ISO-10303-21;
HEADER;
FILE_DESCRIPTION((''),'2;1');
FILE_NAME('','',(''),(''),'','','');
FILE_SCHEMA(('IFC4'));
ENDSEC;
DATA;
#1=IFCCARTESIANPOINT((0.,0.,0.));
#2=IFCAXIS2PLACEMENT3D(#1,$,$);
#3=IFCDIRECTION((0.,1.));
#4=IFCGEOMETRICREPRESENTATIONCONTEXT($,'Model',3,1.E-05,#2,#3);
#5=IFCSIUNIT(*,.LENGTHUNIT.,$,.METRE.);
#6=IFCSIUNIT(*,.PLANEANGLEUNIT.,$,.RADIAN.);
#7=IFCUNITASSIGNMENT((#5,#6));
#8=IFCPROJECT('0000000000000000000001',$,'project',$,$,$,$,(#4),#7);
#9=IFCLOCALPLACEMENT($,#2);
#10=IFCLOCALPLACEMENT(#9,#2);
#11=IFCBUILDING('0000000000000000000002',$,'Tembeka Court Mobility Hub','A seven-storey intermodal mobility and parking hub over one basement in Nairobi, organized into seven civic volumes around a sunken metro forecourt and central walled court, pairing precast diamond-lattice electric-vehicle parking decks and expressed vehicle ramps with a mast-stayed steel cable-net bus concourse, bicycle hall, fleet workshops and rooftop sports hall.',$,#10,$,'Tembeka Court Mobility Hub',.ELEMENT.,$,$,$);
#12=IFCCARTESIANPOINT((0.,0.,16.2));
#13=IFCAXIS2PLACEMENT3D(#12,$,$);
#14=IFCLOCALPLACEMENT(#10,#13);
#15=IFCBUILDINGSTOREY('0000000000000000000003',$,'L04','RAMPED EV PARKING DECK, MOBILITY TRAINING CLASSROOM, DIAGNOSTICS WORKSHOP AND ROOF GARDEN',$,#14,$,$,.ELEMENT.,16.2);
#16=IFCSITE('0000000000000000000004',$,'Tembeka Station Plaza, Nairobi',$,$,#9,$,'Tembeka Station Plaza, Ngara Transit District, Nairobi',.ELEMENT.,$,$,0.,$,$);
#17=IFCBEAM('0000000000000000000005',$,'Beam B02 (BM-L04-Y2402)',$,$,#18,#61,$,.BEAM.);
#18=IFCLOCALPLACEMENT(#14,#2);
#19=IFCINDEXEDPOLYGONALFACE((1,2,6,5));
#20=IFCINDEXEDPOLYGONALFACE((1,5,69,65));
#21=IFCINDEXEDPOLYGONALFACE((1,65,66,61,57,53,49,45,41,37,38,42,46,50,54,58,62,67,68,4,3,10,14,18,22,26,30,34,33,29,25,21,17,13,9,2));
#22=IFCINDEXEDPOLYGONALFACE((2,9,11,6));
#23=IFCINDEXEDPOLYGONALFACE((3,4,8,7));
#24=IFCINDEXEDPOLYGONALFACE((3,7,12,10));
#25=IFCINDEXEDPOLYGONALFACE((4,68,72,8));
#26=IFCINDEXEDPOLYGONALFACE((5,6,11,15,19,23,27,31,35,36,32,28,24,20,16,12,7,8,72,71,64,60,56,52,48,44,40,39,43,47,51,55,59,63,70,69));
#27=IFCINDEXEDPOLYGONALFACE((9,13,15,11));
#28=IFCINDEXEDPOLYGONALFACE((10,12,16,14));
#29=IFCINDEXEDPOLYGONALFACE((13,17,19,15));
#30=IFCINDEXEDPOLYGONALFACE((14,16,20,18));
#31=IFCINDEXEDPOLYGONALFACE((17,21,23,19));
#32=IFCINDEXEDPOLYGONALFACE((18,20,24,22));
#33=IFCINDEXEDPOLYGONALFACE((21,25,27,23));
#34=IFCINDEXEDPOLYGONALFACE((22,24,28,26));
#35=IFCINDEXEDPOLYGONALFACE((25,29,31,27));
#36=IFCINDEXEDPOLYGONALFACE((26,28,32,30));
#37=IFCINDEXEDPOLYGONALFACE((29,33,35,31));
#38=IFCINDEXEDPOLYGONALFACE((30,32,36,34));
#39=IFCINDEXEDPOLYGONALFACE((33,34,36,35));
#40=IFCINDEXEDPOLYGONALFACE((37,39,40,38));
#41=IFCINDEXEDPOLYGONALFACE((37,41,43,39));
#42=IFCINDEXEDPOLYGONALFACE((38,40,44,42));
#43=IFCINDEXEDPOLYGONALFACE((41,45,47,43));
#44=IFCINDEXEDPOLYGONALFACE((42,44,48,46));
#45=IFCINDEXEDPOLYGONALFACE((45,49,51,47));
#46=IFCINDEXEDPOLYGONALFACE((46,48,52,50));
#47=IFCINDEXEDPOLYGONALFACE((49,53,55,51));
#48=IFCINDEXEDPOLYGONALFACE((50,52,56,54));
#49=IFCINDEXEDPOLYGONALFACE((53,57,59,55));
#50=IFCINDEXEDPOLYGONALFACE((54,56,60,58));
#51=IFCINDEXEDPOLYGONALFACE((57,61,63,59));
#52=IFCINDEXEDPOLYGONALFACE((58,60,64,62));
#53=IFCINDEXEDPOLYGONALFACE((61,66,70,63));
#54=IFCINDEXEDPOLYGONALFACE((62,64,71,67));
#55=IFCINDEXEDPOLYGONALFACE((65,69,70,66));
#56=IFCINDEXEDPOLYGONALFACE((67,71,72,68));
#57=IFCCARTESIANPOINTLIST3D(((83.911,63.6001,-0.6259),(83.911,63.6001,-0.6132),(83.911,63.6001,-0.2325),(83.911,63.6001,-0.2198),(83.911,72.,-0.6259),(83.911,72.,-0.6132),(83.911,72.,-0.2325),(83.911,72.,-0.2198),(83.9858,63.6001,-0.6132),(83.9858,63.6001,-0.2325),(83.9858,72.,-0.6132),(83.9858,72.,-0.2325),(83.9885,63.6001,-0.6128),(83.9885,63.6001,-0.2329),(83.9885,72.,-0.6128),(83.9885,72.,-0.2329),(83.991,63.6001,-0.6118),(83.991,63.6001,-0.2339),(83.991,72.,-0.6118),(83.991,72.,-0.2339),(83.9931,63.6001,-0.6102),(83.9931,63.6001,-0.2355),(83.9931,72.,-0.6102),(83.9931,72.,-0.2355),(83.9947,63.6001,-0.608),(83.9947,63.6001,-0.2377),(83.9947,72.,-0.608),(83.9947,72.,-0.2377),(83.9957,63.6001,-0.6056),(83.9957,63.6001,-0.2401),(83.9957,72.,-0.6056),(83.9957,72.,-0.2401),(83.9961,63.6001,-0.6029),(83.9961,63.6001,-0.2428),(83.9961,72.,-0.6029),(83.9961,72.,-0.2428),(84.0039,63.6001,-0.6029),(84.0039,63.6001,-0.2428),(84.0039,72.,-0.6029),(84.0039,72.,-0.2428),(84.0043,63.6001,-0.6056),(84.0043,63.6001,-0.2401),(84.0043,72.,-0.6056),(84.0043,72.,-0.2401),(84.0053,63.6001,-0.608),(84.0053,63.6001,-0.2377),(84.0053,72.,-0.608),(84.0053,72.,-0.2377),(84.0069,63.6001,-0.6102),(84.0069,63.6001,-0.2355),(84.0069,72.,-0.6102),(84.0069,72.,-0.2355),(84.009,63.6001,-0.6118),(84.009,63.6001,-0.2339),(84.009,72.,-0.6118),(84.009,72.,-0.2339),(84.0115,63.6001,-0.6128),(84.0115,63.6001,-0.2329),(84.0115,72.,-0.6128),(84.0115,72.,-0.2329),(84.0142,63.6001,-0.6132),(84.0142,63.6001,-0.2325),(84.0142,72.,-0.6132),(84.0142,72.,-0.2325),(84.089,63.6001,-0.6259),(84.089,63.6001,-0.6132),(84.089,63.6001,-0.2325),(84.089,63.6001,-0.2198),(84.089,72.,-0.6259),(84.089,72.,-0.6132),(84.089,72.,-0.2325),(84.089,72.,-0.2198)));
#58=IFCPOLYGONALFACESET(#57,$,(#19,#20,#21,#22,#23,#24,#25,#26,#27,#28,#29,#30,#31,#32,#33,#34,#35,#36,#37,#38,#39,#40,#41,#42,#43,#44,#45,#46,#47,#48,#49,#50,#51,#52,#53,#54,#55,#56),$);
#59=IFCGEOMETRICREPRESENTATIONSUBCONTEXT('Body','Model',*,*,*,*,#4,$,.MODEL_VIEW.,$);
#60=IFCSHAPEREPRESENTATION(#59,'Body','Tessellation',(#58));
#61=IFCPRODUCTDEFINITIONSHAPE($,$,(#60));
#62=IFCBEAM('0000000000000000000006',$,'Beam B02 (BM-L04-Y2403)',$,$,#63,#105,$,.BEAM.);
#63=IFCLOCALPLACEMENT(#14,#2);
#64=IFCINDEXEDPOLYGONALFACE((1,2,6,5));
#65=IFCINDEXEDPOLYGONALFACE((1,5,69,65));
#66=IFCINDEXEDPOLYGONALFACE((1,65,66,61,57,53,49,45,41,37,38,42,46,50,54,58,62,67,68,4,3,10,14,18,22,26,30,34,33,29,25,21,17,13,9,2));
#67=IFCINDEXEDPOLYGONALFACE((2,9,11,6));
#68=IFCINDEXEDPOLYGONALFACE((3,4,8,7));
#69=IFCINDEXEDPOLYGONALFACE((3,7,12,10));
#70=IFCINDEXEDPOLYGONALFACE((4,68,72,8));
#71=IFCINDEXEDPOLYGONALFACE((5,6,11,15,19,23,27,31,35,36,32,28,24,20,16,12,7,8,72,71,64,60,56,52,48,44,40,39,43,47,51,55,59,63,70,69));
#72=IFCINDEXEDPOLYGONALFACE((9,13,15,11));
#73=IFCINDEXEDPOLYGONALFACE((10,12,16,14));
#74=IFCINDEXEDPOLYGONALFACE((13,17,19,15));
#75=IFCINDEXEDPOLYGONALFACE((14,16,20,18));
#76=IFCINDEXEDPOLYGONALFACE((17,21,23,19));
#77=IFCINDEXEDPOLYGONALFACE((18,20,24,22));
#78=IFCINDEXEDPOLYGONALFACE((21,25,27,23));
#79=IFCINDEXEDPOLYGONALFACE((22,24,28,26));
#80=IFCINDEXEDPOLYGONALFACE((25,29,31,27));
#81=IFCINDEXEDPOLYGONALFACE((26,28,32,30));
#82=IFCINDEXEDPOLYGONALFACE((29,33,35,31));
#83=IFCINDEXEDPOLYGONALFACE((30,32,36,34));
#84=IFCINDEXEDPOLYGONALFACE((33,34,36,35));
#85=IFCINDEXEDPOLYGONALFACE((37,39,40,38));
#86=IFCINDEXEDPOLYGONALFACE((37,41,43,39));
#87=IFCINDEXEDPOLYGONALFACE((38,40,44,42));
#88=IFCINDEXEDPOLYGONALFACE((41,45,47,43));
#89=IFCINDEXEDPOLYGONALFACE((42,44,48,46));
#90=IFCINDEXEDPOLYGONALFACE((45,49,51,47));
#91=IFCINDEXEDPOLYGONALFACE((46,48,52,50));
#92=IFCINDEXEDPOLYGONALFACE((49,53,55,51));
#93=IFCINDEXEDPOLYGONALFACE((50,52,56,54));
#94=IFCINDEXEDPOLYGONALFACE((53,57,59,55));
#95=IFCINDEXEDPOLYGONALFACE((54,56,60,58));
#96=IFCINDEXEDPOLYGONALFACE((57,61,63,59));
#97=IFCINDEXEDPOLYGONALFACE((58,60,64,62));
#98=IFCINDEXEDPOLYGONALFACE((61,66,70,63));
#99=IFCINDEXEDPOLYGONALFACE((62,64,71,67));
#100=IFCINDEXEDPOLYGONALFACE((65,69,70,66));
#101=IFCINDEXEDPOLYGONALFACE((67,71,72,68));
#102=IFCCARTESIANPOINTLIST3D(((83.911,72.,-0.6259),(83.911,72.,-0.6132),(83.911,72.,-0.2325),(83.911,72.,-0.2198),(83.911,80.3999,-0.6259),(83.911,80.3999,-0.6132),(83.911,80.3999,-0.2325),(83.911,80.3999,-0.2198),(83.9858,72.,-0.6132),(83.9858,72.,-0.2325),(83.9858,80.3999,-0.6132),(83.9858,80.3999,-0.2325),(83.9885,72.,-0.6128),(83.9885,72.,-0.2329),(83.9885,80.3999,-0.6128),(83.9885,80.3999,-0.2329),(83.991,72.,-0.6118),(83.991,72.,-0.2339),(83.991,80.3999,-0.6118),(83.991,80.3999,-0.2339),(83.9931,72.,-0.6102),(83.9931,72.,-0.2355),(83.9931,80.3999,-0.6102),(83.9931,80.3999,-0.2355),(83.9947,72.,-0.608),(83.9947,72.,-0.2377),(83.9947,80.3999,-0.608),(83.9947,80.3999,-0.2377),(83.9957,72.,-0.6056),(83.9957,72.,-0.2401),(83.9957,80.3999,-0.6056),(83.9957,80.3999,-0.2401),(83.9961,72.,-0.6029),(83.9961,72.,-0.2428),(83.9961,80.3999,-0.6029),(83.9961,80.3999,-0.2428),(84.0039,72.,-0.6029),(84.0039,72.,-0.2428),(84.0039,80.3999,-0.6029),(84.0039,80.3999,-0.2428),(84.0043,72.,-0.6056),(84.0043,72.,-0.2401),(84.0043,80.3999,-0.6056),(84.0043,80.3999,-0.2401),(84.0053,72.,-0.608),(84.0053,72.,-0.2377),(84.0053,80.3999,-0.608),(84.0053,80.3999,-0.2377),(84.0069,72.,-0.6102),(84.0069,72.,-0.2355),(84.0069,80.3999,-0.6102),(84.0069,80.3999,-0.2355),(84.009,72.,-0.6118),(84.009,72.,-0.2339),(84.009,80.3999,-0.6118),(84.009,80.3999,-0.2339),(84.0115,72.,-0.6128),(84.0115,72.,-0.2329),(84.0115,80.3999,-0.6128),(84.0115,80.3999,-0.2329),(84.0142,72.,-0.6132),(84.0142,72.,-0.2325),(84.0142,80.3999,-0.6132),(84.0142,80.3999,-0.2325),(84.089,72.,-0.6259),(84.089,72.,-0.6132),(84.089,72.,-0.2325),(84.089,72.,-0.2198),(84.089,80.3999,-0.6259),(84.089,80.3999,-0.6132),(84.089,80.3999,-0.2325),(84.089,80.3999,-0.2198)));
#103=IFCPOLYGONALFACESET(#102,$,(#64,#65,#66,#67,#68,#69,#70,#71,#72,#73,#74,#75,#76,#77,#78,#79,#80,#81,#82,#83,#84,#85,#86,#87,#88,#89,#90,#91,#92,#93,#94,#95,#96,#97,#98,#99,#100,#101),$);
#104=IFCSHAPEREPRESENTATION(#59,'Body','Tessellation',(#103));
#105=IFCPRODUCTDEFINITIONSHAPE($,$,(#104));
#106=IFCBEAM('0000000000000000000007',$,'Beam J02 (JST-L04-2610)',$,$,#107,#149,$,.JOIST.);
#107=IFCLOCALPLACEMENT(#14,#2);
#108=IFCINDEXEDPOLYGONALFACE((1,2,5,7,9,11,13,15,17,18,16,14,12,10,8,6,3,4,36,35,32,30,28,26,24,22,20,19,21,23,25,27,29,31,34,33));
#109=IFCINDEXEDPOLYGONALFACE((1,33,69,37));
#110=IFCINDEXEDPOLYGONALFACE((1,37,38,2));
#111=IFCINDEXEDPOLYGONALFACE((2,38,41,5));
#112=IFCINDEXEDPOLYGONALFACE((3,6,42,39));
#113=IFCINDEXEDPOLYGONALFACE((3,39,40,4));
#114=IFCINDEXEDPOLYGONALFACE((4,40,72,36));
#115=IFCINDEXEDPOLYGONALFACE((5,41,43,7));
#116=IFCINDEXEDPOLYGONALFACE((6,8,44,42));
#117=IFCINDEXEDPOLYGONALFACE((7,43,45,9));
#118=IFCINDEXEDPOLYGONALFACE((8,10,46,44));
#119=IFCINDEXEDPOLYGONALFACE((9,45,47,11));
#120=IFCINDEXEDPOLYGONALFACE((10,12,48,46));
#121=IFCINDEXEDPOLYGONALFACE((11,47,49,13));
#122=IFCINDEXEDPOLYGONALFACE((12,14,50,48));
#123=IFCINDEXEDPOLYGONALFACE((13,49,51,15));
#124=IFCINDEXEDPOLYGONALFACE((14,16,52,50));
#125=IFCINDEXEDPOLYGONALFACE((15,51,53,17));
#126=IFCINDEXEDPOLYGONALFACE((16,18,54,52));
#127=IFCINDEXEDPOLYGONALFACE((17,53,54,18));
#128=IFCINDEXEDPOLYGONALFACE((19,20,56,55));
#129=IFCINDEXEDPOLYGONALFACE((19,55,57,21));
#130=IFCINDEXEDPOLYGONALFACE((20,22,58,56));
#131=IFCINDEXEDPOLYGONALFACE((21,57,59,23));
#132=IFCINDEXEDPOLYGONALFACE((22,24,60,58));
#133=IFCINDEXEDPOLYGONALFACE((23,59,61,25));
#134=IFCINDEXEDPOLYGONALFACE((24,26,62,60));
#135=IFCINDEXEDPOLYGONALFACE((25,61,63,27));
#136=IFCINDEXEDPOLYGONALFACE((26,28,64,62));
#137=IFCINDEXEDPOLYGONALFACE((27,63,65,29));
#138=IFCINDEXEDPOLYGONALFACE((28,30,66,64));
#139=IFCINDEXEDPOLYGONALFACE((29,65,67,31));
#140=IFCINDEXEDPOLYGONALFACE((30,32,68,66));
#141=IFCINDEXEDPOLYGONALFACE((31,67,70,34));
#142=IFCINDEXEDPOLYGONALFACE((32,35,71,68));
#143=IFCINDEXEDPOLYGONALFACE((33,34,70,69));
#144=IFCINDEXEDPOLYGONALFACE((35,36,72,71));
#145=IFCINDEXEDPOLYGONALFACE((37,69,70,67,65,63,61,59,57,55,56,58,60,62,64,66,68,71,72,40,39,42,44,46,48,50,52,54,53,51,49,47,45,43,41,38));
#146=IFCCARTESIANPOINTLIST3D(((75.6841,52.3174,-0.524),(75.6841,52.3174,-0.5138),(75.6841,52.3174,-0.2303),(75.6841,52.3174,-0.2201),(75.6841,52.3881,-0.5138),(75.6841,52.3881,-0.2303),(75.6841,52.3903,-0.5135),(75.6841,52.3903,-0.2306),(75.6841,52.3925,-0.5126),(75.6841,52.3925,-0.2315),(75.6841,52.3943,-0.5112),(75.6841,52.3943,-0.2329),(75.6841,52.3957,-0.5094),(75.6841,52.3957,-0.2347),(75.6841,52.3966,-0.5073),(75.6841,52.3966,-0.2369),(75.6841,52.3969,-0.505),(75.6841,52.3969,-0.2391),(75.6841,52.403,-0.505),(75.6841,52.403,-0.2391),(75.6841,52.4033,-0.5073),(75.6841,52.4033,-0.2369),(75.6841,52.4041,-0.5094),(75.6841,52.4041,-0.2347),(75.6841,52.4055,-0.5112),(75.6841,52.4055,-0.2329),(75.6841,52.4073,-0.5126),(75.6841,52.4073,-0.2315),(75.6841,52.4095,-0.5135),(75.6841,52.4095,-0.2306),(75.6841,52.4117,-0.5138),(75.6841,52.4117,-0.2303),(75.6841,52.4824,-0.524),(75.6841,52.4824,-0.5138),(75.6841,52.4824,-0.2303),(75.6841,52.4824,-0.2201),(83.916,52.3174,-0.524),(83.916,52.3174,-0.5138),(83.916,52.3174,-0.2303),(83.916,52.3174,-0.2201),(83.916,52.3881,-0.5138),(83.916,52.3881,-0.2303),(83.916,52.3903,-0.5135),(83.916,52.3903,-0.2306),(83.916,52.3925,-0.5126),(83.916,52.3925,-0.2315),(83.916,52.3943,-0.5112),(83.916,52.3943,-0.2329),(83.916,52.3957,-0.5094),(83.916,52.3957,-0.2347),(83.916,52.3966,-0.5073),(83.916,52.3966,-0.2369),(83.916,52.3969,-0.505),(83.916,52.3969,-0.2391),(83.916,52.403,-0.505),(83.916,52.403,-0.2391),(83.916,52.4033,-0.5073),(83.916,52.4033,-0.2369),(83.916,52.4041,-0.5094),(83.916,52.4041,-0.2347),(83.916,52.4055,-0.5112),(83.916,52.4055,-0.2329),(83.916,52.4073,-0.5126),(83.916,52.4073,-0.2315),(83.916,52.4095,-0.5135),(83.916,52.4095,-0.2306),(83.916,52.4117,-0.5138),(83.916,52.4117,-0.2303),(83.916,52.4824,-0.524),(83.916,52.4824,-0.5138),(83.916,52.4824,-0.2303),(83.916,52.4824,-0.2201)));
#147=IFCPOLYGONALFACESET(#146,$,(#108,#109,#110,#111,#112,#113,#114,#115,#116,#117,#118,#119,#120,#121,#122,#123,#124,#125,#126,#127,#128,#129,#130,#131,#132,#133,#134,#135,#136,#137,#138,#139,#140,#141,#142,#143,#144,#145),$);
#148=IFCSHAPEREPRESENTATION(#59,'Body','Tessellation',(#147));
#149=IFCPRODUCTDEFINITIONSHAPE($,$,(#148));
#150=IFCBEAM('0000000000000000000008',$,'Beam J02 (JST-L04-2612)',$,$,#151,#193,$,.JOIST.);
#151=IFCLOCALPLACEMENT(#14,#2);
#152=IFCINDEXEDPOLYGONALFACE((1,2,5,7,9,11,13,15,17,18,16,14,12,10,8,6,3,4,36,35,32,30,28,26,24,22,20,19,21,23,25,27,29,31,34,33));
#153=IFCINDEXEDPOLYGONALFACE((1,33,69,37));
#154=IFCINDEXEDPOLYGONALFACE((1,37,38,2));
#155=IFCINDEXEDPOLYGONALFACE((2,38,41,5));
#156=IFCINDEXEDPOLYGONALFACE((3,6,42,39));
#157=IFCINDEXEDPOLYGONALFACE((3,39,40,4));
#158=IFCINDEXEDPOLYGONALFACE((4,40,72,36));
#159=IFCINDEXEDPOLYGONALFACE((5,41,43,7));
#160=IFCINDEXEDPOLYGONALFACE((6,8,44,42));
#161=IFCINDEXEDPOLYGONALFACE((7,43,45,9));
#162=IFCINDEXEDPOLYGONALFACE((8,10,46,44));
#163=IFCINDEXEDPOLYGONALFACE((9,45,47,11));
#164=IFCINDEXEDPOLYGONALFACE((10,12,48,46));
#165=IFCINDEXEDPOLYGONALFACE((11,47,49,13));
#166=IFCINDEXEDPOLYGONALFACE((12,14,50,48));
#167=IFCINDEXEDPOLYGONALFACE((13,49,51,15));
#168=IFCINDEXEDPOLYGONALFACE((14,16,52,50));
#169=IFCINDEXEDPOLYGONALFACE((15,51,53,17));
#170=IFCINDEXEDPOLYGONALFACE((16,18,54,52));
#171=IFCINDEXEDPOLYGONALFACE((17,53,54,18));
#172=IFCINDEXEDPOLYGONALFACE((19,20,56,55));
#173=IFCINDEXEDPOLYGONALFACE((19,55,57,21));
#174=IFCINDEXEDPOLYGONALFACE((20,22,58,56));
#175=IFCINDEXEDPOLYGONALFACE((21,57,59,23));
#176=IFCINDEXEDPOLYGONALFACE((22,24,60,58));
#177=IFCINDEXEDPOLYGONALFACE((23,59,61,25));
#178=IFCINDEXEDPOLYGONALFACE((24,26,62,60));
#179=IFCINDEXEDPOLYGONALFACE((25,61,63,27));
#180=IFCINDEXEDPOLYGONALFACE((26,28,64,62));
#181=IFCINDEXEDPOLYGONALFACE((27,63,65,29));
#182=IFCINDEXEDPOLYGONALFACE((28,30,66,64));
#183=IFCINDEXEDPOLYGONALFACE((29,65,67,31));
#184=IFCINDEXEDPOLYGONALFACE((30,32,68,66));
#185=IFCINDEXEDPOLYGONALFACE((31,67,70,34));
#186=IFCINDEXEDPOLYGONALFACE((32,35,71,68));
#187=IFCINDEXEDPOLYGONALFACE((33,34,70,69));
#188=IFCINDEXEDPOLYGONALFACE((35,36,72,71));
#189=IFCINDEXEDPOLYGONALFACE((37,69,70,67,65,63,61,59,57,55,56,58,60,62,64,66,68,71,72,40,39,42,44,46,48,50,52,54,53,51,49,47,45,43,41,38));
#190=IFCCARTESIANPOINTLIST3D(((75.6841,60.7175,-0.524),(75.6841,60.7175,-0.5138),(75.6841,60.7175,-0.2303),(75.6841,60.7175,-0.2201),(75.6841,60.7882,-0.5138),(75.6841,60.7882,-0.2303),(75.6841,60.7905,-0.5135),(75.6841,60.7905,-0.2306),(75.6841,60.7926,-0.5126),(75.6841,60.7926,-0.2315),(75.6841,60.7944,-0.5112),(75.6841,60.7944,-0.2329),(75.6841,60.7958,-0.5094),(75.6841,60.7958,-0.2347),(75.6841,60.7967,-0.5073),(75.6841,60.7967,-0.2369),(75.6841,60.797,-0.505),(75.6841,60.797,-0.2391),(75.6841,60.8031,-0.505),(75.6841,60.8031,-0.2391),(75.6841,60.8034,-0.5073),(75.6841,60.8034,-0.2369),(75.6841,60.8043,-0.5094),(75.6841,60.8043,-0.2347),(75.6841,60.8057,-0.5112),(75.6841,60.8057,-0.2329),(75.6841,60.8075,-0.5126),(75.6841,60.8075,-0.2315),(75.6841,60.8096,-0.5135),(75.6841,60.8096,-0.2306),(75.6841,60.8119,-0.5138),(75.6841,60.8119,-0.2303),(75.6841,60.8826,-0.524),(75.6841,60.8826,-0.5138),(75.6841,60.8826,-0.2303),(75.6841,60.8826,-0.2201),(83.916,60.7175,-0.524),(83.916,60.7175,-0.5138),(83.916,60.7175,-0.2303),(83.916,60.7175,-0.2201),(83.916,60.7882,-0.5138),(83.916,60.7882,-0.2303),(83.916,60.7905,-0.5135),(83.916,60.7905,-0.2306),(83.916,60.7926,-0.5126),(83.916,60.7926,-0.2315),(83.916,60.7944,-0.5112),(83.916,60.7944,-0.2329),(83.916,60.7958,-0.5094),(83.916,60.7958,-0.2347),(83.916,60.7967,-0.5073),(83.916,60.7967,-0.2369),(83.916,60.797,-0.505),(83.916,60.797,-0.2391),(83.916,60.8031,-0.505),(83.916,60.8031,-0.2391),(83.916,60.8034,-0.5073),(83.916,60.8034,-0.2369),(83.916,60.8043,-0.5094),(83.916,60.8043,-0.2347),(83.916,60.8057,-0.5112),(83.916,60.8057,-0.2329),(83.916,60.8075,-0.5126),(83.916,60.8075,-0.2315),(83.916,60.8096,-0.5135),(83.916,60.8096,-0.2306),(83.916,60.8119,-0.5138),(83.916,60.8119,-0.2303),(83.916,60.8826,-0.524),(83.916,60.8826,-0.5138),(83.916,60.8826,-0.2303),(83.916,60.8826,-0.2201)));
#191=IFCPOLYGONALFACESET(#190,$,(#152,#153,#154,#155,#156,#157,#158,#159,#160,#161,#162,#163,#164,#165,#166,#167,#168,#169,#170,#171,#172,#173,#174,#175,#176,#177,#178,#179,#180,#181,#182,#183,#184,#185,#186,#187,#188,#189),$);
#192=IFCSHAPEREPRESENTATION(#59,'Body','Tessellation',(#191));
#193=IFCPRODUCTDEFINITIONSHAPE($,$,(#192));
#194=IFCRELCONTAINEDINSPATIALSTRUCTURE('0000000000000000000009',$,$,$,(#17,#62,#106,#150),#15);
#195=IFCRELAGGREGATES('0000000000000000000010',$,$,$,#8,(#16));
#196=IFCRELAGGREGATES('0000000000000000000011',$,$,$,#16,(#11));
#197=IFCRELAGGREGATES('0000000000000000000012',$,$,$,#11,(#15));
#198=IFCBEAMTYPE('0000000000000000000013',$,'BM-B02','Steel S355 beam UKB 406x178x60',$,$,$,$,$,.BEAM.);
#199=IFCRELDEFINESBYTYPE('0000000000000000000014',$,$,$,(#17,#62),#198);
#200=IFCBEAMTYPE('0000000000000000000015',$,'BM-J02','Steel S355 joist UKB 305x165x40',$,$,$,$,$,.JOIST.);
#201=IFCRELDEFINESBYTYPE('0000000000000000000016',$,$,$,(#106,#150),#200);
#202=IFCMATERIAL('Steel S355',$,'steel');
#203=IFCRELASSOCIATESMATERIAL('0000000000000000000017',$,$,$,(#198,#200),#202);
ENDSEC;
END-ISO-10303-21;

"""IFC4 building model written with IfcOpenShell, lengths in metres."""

from ifc_helpers import new_model, si_unit, direction, frame, origin, origin_2d, place, context, subcontext, project, spatial, i_section, extrude, material, material_profile, profile_set, type_object, element, save


model = new_model("IFC4")

# Units and contexts
model_context = context("Model", 3, precision=1e-05, world=origin(), true_north=direction((0.0, 1.0)))
body_context = subcontext(model_context, "Body", "Model", "MODEL_VIEW")
ifc_project = project(units=[si_unit("LENGTHUNIT", "METRE"), si_unit("PLANEANGLEUNIT", "RADIAN")], contexts=[model_context])

# Site, building, storey
site_placement = place(None, origin())
site = spatial("IfcSite", under=ifc_project, at=site_placement, Name="Tembeka Station Plaza, Nairobi", LongName="Tembeka Station Plaza, Ngara Transit District, Nairobi", CompositionType="ELEMENT", RefElevation=0.0)
building_placement = place(site_placement, origin())
building = spatial("IfcBuilding", under=site, at=building_placement, Name="Tembeka Court Mobility Hub", Description="A seven-storey intermodal mobility and parking hub over one basement in Nairobi, organized into seven civic volumes around a sunken metro forecourt and central walled court, pairing precast diamond-lattice electric-vehicle parking decks and expressed vehicle ramps with a mast-stayed steel cable-net bus concourse, bicycle hall, fleet workshops and rooftop sports hall.", LongName="Tembeka Court Mobility Hub", CompositionType="ELEMENT")
storey_placement = place(building_placement, frame((0.0, 0.0, 16.2)))
storey = spatial("IfcBuildingStorey", under=building, at=storey_placement, Name="L04", Description="RAMPED EV PARKING DECK, MOBILITY TRAINING CLASSROOM, DIAGNOSTICS WORKSHOP AND ROOF GARDEN", CompositionType="ELEMENT", Elevation=16.2)

# Shared definitions
ifc_material_1 = material(Name="Steel S355", Category="steel")

# Beams
ifc_material_profile_1 = material_profile(ifc_material_1, i_section(OverallWidth=0.178, OverallDepth=0.406, WebThickness=0.0078, FlangeThickness=0.0127, FilletRadius=0.0103, at=origin_2d()), Name="UKB 406x178x60")
ifc_profile_set_1 = profile_set([ifc_material_profile_1], Name="Steel S355")
beam_type_1 = type_object("IfcBeamType", Name="BM-B02", Description="Steel S355 beam UKB 406x178x60", PredefinedType="BEAM", material=ifc_profile_set_1)
for number, where, z_axis, x_axis, name in (
    (1, (84.0, 63.6001, -0.4229), (0.0, 1.0, 0.0), (-1.0, 0.0, 0.0), "Beam B02 (BM-L04-Y2402)"),
    (2, (84.0, 72.0, -0.4229), (0.0, 1.0, 0.0), (-1.0, 0.0, 0.0), "Beam B02 (BM-L04-Y2403)"),
):
    element("IfcBeam", number, at=place(storey_placement, frame(where, z_axis=z_axis, x_axis=x_axis)), inside=storey, type_object=beam_type_1, Name=name, PredefinedType="BEAM", context=body_context, shape_type="SweptSolid", body=[
        extrude(i_section(OverallWidth=0.178, OverallDepth=0.406, WebThickness=0.0078, FlangeThickness=0.0127, FilletRadius=0.0103, at=origin_2d()), origin(), (0.0, 0.0, 1.0), 8.3999),
    ])
ifc_material_profile_2 = material_profile(ifc_material_1, i_section(OverallWidth=0.165, OverallDepth=0.304, WebThickness=0.0061, FlangeThickness=0.0103, FilletRadius=0.0088, at=origin_2d()), Name="UKB 305x165x40")
ifc_profile_set_2 = profile_set([ifc_material_profile_2], Name="Steel S355")
beam_type_2 = type_object("IfcBeamType", Name="BM-J02", Description="Steel S355 joist UKB 305x165x40", PredefinedType="JOIST", material=ifc_profile_set_2)
for number, where, z_axis, x_axis, name in (
    (3, (75.6841, 52.3999, -0.3721), (1.0, 0.0, 0.0), (0.0, 1.0, 0.0), "Beam J02 (JST-L04-2610)"),
    (4, (75.6841, 60.8, -0.3721), (1.0, 0.0, 0.0), (0.0, 1.0, 0.0), "Beam J02 (JST-L04-2612)"),
):
    element("IfcBeam", number, at=place(storey_placement, frame(where, z_axis=z_axis, x_axis=x_axis)), inside=storey, type_object=beam_type_2, Name=name, PredefinedType="JOIST", context=body_context, shape_type="SweptSolid", body=[
        extrude(i_section(OverallWidth=0.165, OverallDepth=0.304, WebThickness=0.0061, FlangeThickness=0.0103, FilletRadius=0.0088, at=origin_2d()), origin(), (0.0, 0.0, 1.0), 8.2319),
    ])

save(model, "model.ifc")
